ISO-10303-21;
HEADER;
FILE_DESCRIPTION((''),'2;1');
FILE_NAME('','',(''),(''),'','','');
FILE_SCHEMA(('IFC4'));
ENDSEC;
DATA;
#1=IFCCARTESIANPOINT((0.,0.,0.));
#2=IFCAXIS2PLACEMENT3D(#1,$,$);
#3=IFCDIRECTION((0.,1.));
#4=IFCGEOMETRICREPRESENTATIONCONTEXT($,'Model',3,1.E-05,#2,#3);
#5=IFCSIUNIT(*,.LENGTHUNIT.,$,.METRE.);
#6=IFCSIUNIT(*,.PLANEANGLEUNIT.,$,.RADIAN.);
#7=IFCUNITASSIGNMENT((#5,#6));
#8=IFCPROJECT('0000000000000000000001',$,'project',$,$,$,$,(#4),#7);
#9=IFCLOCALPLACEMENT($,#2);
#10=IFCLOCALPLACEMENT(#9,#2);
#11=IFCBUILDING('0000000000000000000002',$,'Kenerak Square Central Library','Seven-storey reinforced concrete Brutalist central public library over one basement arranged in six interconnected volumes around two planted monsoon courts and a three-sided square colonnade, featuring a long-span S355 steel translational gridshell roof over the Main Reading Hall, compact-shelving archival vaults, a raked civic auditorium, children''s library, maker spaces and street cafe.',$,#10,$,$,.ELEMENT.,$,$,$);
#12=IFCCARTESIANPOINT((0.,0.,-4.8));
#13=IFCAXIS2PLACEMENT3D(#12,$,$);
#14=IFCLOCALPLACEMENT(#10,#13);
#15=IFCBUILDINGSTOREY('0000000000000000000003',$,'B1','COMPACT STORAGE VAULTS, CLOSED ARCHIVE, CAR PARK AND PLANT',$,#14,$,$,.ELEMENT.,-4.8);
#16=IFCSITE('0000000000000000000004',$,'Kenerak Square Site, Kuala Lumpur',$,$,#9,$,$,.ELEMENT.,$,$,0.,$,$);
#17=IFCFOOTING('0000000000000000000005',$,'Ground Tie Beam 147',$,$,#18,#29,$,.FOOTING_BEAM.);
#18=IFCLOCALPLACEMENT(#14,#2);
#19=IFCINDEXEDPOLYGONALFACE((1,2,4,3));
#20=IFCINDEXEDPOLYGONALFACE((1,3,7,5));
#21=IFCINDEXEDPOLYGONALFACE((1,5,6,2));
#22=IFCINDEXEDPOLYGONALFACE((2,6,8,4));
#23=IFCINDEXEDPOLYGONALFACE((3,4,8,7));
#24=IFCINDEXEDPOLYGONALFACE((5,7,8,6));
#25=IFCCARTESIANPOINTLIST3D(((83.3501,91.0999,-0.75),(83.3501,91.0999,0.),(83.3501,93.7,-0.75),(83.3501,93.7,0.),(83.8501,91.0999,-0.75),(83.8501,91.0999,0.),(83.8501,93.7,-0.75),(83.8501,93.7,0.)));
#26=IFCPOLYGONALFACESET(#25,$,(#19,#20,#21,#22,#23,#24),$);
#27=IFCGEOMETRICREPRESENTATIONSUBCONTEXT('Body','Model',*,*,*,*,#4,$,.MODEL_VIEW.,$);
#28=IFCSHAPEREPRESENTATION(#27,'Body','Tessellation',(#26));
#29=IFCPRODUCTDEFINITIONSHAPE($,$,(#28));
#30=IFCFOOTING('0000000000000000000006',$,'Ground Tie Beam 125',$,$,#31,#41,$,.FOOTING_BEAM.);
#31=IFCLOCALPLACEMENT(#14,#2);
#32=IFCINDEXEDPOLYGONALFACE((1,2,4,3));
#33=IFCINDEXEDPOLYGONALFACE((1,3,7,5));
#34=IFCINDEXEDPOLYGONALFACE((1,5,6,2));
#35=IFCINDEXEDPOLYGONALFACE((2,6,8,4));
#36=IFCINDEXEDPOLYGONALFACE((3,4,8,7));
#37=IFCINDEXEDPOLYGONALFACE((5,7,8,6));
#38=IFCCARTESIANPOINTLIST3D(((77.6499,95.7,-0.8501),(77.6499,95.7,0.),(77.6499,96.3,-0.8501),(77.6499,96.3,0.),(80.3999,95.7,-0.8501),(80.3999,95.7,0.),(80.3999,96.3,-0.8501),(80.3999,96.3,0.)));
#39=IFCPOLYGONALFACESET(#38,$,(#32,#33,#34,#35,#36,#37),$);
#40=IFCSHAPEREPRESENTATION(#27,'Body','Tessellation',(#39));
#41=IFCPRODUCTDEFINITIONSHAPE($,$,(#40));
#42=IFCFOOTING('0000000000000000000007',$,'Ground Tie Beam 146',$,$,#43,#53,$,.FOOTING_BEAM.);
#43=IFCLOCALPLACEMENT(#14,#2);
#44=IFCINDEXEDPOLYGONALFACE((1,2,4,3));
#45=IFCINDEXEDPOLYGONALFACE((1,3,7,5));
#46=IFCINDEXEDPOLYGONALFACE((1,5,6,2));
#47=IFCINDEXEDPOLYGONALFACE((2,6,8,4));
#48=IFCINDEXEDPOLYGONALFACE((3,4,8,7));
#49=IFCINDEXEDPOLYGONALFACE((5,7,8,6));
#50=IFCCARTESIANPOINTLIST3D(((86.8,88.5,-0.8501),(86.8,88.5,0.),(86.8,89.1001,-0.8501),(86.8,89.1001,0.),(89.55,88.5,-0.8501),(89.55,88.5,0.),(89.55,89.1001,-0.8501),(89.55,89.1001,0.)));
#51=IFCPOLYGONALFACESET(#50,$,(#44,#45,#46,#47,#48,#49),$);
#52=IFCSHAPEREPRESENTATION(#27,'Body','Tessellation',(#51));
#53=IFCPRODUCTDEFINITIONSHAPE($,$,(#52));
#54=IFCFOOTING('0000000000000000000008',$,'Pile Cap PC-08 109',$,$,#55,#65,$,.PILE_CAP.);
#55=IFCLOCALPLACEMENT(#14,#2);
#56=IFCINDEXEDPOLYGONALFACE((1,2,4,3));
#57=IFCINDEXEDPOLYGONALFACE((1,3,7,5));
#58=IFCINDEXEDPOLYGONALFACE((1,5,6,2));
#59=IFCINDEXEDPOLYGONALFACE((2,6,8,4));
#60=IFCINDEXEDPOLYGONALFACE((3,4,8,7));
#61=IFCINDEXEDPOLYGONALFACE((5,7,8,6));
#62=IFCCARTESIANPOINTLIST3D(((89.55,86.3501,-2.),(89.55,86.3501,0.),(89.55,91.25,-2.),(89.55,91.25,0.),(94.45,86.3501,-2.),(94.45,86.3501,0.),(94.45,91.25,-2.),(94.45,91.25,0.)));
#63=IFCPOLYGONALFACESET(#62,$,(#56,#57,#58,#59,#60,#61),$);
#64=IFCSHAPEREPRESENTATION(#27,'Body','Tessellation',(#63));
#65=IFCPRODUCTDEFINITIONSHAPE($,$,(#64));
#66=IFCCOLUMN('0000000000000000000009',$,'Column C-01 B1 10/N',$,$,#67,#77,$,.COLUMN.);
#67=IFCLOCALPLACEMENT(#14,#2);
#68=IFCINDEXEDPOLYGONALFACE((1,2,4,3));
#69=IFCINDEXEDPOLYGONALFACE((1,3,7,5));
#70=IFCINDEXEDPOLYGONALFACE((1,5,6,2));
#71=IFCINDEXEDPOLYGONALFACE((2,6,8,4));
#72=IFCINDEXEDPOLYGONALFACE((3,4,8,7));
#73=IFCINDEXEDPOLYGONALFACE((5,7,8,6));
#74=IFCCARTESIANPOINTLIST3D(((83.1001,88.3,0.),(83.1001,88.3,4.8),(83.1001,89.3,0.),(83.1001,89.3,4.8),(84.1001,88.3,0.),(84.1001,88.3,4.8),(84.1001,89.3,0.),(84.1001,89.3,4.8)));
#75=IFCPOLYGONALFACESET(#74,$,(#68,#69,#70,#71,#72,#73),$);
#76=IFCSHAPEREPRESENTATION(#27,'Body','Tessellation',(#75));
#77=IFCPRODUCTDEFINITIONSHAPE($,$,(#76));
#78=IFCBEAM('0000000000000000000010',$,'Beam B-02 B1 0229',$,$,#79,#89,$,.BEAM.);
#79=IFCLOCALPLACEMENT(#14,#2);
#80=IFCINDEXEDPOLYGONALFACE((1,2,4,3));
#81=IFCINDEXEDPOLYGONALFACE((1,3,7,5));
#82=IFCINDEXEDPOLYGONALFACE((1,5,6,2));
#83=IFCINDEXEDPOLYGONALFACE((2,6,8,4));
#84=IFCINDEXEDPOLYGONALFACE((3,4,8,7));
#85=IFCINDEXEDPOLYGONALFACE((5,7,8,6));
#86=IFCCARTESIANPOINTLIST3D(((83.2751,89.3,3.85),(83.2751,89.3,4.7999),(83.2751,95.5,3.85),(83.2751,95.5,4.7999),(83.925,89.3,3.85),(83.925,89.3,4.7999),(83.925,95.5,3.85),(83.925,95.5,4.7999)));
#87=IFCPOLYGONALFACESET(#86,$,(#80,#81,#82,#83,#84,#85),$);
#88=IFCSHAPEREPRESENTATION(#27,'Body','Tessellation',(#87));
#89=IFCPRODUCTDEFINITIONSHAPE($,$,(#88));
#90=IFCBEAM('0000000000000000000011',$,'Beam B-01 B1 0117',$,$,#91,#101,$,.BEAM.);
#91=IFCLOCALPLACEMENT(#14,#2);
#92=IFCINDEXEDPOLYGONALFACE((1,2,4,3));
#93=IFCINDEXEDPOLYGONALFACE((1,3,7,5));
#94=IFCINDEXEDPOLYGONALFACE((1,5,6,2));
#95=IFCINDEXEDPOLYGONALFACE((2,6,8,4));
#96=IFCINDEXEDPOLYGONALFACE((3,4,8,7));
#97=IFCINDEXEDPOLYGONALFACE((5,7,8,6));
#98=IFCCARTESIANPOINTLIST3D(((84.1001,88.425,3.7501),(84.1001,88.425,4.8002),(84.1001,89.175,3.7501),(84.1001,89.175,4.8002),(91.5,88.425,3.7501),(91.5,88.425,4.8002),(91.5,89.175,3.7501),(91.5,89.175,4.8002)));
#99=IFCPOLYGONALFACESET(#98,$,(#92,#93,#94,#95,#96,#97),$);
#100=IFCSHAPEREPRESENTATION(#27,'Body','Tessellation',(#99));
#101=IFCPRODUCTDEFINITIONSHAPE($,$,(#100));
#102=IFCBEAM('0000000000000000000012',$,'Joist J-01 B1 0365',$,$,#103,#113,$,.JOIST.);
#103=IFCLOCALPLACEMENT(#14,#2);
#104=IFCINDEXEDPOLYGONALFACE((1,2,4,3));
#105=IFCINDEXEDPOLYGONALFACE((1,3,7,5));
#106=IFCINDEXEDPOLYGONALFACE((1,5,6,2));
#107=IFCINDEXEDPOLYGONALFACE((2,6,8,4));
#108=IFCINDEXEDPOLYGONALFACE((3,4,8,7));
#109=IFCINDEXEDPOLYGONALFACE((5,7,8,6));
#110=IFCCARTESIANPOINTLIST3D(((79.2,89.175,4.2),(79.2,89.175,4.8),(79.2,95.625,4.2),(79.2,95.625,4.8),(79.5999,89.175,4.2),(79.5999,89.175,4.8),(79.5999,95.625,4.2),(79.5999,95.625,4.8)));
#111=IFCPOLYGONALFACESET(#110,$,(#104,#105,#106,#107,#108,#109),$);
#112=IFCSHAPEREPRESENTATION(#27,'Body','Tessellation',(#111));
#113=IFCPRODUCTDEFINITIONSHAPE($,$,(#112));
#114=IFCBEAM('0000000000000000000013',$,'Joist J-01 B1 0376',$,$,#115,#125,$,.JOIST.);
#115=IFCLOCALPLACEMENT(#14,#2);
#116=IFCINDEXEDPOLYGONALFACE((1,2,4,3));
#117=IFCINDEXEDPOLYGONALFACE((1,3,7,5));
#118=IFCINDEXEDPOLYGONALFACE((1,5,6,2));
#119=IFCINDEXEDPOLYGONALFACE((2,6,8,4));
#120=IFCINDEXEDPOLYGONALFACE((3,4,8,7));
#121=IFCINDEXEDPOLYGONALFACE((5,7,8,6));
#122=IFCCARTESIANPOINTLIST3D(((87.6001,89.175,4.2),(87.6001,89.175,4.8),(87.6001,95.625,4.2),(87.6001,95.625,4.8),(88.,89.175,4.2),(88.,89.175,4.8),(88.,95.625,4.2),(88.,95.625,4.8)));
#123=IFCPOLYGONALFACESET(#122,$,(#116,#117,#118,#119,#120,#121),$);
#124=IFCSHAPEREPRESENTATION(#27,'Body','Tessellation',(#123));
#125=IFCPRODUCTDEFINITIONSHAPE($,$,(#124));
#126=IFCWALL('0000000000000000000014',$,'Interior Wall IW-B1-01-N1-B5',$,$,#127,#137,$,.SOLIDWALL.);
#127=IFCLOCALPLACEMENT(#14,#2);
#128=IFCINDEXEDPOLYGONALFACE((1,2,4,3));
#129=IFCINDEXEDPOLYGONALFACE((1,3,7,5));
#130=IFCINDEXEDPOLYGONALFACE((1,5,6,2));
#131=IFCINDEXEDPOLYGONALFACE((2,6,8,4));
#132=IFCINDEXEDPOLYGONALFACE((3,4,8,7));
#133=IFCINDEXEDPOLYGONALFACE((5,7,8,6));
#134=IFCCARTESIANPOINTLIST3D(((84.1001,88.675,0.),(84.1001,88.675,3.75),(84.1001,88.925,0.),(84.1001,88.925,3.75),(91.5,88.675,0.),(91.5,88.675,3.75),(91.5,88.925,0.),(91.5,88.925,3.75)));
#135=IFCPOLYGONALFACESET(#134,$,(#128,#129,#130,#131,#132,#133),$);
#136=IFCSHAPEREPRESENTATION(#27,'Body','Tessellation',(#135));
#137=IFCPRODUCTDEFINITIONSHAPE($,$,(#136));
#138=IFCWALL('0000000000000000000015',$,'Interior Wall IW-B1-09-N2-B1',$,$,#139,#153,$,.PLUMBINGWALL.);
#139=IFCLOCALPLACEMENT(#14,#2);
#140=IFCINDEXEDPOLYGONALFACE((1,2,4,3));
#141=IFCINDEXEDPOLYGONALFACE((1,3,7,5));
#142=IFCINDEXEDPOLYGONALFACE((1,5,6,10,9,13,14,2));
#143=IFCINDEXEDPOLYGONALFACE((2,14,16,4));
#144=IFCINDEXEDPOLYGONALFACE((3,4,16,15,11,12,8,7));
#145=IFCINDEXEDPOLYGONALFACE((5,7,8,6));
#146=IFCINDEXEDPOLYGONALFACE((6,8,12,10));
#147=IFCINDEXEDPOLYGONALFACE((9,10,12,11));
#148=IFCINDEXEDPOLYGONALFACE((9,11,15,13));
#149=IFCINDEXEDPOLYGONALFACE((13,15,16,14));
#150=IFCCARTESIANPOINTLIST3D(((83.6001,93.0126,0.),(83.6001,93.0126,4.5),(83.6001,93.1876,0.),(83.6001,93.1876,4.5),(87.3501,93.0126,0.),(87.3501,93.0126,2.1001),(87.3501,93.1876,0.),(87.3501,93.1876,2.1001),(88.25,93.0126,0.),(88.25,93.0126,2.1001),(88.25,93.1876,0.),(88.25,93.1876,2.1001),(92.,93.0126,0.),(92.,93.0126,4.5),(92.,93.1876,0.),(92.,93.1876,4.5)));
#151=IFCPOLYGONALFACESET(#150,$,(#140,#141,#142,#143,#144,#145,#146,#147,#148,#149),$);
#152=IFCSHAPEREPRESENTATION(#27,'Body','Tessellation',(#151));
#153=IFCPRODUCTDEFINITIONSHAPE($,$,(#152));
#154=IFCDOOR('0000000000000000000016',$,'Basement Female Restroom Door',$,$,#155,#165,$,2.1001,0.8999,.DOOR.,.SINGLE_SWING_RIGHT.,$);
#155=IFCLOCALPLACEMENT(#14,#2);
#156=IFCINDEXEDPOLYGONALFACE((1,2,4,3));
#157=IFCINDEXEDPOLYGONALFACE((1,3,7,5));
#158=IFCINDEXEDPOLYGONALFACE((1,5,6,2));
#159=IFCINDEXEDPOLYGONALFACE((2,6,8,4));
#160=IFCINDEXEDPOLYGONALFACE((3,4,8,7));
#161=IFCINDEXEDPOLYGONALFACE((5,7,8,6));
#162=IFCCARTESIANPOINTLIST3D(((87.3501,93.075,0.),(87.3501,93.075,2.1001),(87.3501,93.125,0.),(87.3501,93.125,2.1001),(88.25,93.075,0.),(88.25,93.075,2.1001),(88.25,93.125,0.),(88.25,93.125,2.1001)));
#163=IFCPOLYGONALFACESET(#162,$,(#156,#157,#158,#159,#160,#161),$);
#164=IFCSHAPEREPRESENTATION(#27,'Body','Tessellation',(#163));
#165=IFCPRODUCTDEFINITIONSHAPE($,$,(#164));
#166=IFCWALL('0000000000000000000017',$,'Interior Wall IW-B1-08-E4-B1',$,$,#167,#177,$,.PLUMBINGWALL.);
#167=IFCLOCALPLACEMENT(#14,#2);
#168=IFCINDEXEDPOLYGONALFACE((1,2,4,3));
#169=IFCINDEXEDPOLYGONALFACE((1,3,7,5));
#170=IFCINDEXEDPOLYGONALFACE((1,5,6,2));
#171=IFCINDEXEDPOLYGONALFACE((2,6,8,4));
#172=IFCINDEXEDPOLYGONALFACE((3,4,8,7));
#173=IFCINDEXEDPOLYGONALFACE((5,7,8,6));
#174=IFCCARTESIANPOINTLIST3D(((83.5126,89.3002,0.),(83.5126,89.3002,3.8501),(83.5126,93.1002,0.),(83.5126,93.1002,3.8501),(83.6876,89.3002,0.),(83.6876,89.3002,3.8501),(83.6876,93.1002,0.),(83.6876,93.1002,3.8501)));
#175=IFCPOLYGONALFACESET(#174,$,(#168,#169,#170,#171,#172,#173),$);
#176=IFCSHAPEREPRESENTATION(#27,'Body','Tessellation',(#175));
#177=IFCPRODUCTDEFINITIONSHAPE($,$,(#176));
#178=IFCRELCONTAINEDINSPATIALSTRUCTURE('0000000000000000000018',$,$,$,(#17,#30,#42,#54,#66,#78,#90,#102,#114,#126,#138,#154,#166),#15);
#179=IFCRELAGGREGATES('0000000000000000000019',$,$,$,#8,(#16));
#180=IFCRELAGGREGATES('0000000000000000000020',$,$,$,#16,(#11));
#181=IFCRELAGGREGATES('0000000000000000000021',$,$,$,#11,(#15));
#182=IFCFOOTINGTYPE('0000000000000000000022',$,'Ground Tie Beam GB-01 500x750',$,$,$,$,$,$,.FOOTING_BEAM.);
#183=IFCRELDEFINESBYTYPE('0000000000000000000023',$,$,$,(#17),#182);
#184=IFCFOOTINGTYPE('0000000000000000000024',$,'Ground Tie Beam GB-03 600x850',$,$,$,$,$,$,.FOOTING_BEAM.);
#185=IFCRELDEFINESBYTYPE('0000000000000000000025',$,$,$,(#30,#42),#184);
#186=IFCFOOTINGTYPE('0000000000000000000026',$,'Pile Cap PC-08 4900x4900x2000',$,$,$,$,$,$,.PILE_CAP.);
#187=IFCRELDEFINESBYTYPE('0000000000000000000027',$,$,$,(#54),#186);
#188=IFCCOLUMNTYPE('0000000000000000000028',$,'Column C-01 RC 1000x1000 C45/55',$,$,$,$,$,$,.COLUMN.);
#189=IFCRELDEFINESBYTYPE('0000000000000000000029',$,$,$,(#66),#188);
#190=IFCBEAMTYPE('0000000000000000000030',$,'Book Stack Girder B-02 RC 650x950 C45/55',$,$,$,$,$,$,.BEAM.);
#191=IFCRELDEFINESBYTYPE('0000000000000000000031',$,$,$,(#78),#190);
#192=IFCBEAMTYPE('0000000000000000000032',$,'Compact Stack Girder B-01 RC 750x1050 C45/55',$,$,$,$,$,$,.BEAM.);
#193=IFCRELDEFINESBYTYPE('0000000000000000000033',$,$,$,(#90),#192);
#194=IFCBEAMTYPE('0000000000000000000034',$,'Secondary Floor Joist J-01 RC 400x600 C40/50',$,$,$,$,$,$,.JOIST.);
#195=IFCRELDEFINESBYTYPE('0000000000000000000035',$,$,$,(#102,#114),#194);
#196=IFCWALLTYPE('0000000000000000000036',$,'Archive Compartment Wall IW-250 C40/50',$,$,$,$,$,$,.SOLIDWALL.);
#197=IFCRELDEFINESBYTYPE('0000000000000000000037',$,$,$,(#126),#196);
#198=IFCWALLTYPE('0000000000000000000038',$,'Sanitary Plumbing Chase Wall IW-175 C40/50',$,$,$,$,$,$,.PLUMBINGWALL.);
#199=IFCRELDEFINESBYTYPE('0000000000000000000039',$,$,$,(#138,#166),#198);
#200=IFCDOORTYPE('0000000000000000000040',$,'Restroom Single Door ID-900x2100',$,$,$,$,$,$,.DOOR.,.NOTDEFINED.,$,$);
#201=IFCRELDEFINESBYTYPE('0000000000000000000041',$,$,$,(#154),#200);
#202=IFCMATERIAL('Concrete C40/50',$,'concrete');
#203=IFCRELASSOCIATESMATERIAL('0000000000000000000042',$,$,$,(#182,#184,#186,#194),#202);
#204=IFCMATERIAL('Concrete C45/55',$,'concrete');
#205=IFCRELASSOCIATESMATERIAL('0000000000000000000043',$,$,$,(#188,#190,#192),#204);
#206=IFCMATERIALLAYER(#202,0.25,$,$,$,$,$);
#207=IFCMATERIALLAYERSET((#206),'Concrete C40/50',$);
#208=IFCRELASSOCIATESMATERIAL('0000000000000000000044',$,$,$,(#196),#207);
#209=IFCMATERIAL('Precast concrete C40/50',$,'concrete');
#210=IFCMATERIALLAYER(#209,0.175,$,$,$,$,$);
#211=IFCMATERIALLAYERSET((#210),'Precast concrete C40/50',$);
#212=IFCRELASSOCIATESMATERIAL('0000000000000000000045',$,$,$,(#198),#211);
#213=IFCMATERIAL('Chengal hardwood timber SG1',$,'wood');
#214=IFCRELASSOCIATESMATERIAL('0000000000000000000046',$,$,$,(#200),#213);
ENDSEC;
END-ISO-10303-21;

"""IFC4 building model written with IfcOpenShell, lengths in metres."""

from ifc_helpers import new_model, si_unit, direction, frame, frame_2d, origin, origin_2d, place, context, subcontext, project, spatial, rectangle, extrude, material, layer, layer_set, material_profile, profile_set, type_object, element, fill, save


model = new_model("IFC4")

# Units and contexts
model_context = context("Model", 3, precision=1e-05, world=origin(), true_north=direction((0.0, 1.0)))
body_context = subcontext(model_context, "Body", "Model", "MODEL_VIEW")
ifc_project = project(units=[si_unit("LENGTHUNIT", "METRE"), si_unit("PLANEANGLEUNIT", "RADIAN")], contexts=[model_context])

# Site, building, storey
site_placement = place(None, origin())
site = spatial("IfcSite", under=ifc_project, at=site_placement, Name="Kenerak Square Site, Kuala Lumpur", CompositionType="ELEMENT", RefElevation=0.0)
building_placement = place(site_placement, origin())
building = spatial("IfcBuilding", under=site, at=building_placement, Name="Kenerak Square Central Library", Description="Seven-storey reinforced concrete Brutalist central public library over one basement arranged in six interconnected volumes around two planted monsoon courts and a three-sided square colonnade, featuring a long-span S355 steel translational gridshell roof over the Main Reading Hall, compact-shelving archival vaults, a raked civic auditorium, children's library, maker spaces and street cafe.", CompositionType="ELEMENT")
storey_placement = place(building_placement, frame((0.0, 0.0, -4.8)))
storey = spatial("IfcBuildingStorey", under=building, at=storey_placement, Name="B1", Description="COMPACT STORAGE VAULTS, CLOSED ARCHIVE, CAR PARK AND PLANT", CompositionType="ELEMENT", Elevation=-4.8)

# Shared definitions
ifc_material_1 = material(Name="Concrete C40/50", Category="concrete")

# Footings
footing_type_1 = type_object("IfcFootingType", Name="Ground Tie Beam GB-01 500x750", PredefinedType="FOOTING_BEAM", material=ifc_material_1)
footing_1_placement = place(storey_placement, frame((83.6001, 92.3999, -0.75), z_axis=(0.0, 0.0, 1.0), x_axis=(1.0, 0.0, 0.0)))
element("IfcFooting", 1, at=footing_1_placement, inside=storey, type_object=footing_type_1, Name="Ground Tie Beam 147", PredefinedType="FOOTING_BEAM", context=body_context, shape_type="SweptSolid", body=[
    extrude(rectangle(XDim=0.5, YDim=2.6001, at=origin_2d()), origin(), (0.0, 0.0, 1.0), 0.75),
])
footing_type_2 = type_object("IfcFootingType", Name="Ground Tie Beam GB-03 600x850", PredefinedType="FOOTING_BEAM", material=ifc_material_1)
for number, where, z_axis, x_axis, name in (
    (2, (79.0249, 96.0, -0.8501), (0.0, 0.0, 1.0), (1.0, 0.0, 0.0), "Ground Tie Beam 125"),
    (3, (88.175, 88.8, -0.8501), (0.0, 0.0, 1.0), (1.0, 0.0, 0.0), "Ground Tie Beam 146"),
):
    element("IfcFooting", number, at=place(storey_placement, frame(where, z_axis=z_axis, x_axis=x_axis)), inside=storey, type_object=footing_type_2, Name=name, PredefinedType="FOOTING_BEAM", context=body_context, shape_type="SweptSolid", body=[
        extrude(rectangle(XDim=2.75, YDim=0.6001, at=origin_2d()), origin(), (0.0, 0.0, 1.0), 0.8501),
    ])
footing_type_3 = type_object("IfcFootingType", Name="Pile Cap PC-08 4900x4900x2000", PredefinedType="PILE_CAP", material=ifc_material_1)
footing_2_placement = place(storey_placement, frame((92.0, 88.8, -2.0), z_axis=(0.0, 0.0, 1.0), x_axis=(1.0, 0.0, 0.0)))
element("IfcFooting", 4, at=footing_2_placement, inside=storey, type_object=footing_type_3, Name="Pile Cap PC-08 109", PredefinedType="PILE_CAP", context=body_context, shape_type="SweptSolid", body=[
    extrude(rectangle(XDim=4.8999, YDim=4.8999, at=origin_2d()), origin(), (0.0, 0.0, 1.0), 2.0),
])

# Column
ifc_material_2 = material(Name="Concrete C45/55", Category="concrete")
ifc_material_profile_1 = material_profile(ifc_material_2, rectangle(XDim=1.0, YDim=1.0, at=origin_2d()), Name="RC 1000x1000")
ifc_profile_set_1 = profile_set([ifc_material_profile_1], Name="Concrete C45/55")
column_type = type_object("IfcColumnType", Name="Column C-01 RC 1000x1000 C45/55", PredefinedType="COLUMN", material=ifc_profile_set_1)
column_placement = place(storey_placement, frame((83.6001, 88.8, 0.0), z_axis=(0.0, 0.0, 1.0), x_axis=(1.0, 0.0, 0.0)))
element("IfcColumn", 5, at=column_placement, inside=storey, type_object=column_type, Name="Column C-01 B1 10/N", PredefinedType="COLUMN", context=body_context, shape_type="SweptSolid", body=[
    extrude(rectangle(XDim=1.0, YDim=1.0, at=origin_2d()), origin(), (0.0, 0.0, 1.0), 4.8),
])

# Beams
ifc_material_profile_2 = material_profile(ifc_material_2, rectangle(XDim=0.6499, YDim=0.95, at=origin_2d()), Name="RC 650x950")
ifc_profile_set_2 = profile_set([ifc_material_profile_2], Name="Concrete C45/55")
beam_type_1 = type_object("IfcBeamType", Name="Book Stack Girder B-02 RC 650x950 C45/55", PredefinedType="BEAM", material=ifc_profile_set_2)
beam_1_placement = place(storey_placement, frame((83.6001, 89.3, 4.325), z_axis=(0.0, 1.0, 0.0), x_axis=(-1.0, 0.0, 0.0)))
element("IfcBeam", 6, at=beam_1_placement, inside=storey, type_object=beam_type_1, Name="Beam B-02 B1 0229", PredefinedType="BEAM", context=body_context, shape_type="SweptSolid", body=[
    extrude(rectangle(XDim=0.6499, YDim=0.95, at=origin_2d()), origin(), (0.0, 0.0, 1.0), 6.2),
])
ifc_material_profile_3 = material_profile(ifc_material_2, rectangle(XDim=0.75, YDim=1.05, at=origin_2d()), Name="RC 750x1050")
ifc_profile_set_3 = profile_set([ifc_material_profile_3], Name="Concrete C45/55")
beam_type_2 = type_object("IfcBeamType", Name="Compact Stack Girder B-01 RC 750x1050 C45/55", PredefinedType="BEAM", material=ifc_profile_set_3)
beam_2_placement = place(storey_placement, frame((84.1001, 88.8, 4.2751), z_axis=(1.0, 0.0, 0.0), x_axis=(0.0, 1.0, 0.0)))
element("IfcBeam", 7, at=beam_2_placement, inside=storey, type_object=beam_type_2, Name="Beam B-01 B1 0117", PredefinedType="BEAM", context=body_context, shape_type="SweptSolid", body=[
    extrude(rectangle(XDim=0.75, YDim=1.05, at=origin_2d()), origin(), (0.0, 0.0, 1.0), 7.3999),
])
ifc_material_profile_4 = material_profile(ifc_material_1, rectangle(XDim=0.3999, YDim=0.6001, at=origin_2d()), Name="RC 400x600")
ifc_profile_set_4 = profile_set([ifc_material_profile_4], Name="Concrete C40/50")
beam_type_3 = type_object("IfcBeamType", Name="Secondary Floor Joist J-01 RC 400x600 C40/50", PredefinedType="JOIST", material=ifc_profile_set_4)
for number, where, z_axis, x_axis, name in (
    (8, (79.3999, 89.175, 4.5), (0.0, 1.0, 0.0), (-1.0, 0.0, 0.0), "Joist J-01 B1 0365"),
    (9, (87.8, 89.175, 4.5), (0.0, 1.0, 0.0), (-1.0, 0.0, 0.0), "Joist J-01 B1 0376"),
):
    element("IfcBeam", number, at=place(storey_placement, frame(where, z_axis=z_axis, x_axis=x_axis)), inside=storey, type_object=beam_type_3, Name=name, PredefinedType="JOIST", context=body_context, shape_type="SweptSolid", body=[
        extrude(rectangle(XDim=0.3999, YDim=0.6001, at=origin_2d()), origin(), (0.0, 0.0, 1.0), 6.45),
    ])

# Wall
ifc_layer_1 = layer(ifc_material_1, 0.25)
ifc_layer_set_1 = layer_set([ifc_layer_1], Name="Concrete C40/50")
wall_type_1 = type_object("IfcWallType", Name="Archive Compartment Wall IW-250 C40/50", PredefinedType="SOLIDWALL", material=ifc_layer_set_1)
wall_1_placement = place(storey_placement, frame((84.1001, 88.8, 0.0), z_axis=(0.0, 0.0, 1.0), x_axis=(1.0, 0.0, 0.0)))
element("IfcWall", 10, at=wall_1_placement, inside=storey, type_object=wall_type_1, Name="Interior Wall IW-B1-01-N1-B5", PredefinedType="SOLIDWALL", context=body_context, shape_type="SweptSolid", body=[
    extrude(rectangle(XDim=7.3999, YDim=0.25, at=frame_2d((3.7, 0.0))), origin(), (0.0, 0.0, 1.0), 3.75),
])

# Wall, opening, door
ifc_material_3 = material(Name="Precast concrete C40/50", Category="concrete")
ifc_layer_2 = layer(ifc_material_3, 0.175)
ifc_layer_set_2 = layer_set([ifc_layer_2], Name="Precast concrete C40/50")
wall_type_2 = type_object("IfcWallType", Name="Sanitary Plumbing Chase Wall IW-175 C40/50", PredefinedType="PLUMBINGWALL", material=ifc_layer_set_2)
wall_2_placement = place(storey_placement, frame((83.6001, 93.1001, 0.0), z_axis=(0.0, 0.0, 1.0), x_axis=(1.0, 0.0, 0.0)))
wall_2 = element("IfcWall", 11, at=wall_2_placement, inside=storey, type_object=wall_type_2, Name="Interior Wall IW-B1-09-N2-B1", PredefinedType="PLUMBINGWALL", context=body_context, shape_type="SweptSolid", body=[
    extrude(rectangle(XDim=8.3999, YDim=0.175, at=frame_2d((4.2, 0.0))), origin(), (0.0, 0.0, 1.0), 4.5),
])
opening_placement = place(wall_2_placement, frame((3.75, 0.0, 0.0)))
opening = element("IfcOpeningElement", 12, at=opening_placement, cuts=wall_2, PredefinedType="OPENING", context=body_context, shape_type="SweptSolid", body=[
    extrude(rectangle(XDim=0.8999, YDim=2.1001, at=frame_2d((0.45, 1.05))), frame((0.0, 0.0974, 0.0), z_axis=(0.0, -1.0, 0.0), x_axis=(1.0, 0.0, 0.0)), (0.0, 0.0, 1.0), 0.1951),
])
ifc_material_4 = material(Name="Chengal hardwood timber SG1", Category="wood")
door_type = type_object("IfcDoorType", Name="Restroom Single Door ID-900x2100", OperationType="NOTDEFINED", PredefinedType="DOOR", material=ifc_material_4)
door_placement = place(opening_placement, origin())
door = element("IfcDoor", 13, at=door_placement, inside=storey, type_object=door_type, Name="Basement Female Restroom Door", OperationType="SINGLE_SWING_RIGHT", OverallHeight=2.1001, OverallWidth=0.8999, PredefinedType="DOOR", context=body_context, shape_type="SweptSolid", body=[
    extrude(rectangle(XDim=0.8999, YDim=2.1001, at=frame_2d((0.45, 1.05))), frame((0.0, 0.0249, 0.0), z_axis=(0.0, -1.0, 0.0), x_axis=(1.0, 0.0, 0.0)), (0.0, 0.0, 1.0), 0.05),
])
fill(opening, door)

# Wall
wall_3_placement = place(storey_placement, frame((83.6001, 93.1001, 0.0), z_axis=(0.0, 0.0, 1.0), x_axis=(0.0, -1.0, 0.0)))
element("IfcWall", 14, at=wall_3_placement, inside=storey, type_object=wall_type_2, Name="Interior Wall IW-B1-08-E4-B1", PredefinedType="PLUMBINGWALL", context=body_context, shape_type="SweptSolid", body=[
    extrude(rectangle(XDim=3.8, YDim=0.175, at=frame_2d((1.8999, 0.0))), origin(), (0.0, 0.0, 1.0), 3.8501),
])

save(model, "model.ifc")
